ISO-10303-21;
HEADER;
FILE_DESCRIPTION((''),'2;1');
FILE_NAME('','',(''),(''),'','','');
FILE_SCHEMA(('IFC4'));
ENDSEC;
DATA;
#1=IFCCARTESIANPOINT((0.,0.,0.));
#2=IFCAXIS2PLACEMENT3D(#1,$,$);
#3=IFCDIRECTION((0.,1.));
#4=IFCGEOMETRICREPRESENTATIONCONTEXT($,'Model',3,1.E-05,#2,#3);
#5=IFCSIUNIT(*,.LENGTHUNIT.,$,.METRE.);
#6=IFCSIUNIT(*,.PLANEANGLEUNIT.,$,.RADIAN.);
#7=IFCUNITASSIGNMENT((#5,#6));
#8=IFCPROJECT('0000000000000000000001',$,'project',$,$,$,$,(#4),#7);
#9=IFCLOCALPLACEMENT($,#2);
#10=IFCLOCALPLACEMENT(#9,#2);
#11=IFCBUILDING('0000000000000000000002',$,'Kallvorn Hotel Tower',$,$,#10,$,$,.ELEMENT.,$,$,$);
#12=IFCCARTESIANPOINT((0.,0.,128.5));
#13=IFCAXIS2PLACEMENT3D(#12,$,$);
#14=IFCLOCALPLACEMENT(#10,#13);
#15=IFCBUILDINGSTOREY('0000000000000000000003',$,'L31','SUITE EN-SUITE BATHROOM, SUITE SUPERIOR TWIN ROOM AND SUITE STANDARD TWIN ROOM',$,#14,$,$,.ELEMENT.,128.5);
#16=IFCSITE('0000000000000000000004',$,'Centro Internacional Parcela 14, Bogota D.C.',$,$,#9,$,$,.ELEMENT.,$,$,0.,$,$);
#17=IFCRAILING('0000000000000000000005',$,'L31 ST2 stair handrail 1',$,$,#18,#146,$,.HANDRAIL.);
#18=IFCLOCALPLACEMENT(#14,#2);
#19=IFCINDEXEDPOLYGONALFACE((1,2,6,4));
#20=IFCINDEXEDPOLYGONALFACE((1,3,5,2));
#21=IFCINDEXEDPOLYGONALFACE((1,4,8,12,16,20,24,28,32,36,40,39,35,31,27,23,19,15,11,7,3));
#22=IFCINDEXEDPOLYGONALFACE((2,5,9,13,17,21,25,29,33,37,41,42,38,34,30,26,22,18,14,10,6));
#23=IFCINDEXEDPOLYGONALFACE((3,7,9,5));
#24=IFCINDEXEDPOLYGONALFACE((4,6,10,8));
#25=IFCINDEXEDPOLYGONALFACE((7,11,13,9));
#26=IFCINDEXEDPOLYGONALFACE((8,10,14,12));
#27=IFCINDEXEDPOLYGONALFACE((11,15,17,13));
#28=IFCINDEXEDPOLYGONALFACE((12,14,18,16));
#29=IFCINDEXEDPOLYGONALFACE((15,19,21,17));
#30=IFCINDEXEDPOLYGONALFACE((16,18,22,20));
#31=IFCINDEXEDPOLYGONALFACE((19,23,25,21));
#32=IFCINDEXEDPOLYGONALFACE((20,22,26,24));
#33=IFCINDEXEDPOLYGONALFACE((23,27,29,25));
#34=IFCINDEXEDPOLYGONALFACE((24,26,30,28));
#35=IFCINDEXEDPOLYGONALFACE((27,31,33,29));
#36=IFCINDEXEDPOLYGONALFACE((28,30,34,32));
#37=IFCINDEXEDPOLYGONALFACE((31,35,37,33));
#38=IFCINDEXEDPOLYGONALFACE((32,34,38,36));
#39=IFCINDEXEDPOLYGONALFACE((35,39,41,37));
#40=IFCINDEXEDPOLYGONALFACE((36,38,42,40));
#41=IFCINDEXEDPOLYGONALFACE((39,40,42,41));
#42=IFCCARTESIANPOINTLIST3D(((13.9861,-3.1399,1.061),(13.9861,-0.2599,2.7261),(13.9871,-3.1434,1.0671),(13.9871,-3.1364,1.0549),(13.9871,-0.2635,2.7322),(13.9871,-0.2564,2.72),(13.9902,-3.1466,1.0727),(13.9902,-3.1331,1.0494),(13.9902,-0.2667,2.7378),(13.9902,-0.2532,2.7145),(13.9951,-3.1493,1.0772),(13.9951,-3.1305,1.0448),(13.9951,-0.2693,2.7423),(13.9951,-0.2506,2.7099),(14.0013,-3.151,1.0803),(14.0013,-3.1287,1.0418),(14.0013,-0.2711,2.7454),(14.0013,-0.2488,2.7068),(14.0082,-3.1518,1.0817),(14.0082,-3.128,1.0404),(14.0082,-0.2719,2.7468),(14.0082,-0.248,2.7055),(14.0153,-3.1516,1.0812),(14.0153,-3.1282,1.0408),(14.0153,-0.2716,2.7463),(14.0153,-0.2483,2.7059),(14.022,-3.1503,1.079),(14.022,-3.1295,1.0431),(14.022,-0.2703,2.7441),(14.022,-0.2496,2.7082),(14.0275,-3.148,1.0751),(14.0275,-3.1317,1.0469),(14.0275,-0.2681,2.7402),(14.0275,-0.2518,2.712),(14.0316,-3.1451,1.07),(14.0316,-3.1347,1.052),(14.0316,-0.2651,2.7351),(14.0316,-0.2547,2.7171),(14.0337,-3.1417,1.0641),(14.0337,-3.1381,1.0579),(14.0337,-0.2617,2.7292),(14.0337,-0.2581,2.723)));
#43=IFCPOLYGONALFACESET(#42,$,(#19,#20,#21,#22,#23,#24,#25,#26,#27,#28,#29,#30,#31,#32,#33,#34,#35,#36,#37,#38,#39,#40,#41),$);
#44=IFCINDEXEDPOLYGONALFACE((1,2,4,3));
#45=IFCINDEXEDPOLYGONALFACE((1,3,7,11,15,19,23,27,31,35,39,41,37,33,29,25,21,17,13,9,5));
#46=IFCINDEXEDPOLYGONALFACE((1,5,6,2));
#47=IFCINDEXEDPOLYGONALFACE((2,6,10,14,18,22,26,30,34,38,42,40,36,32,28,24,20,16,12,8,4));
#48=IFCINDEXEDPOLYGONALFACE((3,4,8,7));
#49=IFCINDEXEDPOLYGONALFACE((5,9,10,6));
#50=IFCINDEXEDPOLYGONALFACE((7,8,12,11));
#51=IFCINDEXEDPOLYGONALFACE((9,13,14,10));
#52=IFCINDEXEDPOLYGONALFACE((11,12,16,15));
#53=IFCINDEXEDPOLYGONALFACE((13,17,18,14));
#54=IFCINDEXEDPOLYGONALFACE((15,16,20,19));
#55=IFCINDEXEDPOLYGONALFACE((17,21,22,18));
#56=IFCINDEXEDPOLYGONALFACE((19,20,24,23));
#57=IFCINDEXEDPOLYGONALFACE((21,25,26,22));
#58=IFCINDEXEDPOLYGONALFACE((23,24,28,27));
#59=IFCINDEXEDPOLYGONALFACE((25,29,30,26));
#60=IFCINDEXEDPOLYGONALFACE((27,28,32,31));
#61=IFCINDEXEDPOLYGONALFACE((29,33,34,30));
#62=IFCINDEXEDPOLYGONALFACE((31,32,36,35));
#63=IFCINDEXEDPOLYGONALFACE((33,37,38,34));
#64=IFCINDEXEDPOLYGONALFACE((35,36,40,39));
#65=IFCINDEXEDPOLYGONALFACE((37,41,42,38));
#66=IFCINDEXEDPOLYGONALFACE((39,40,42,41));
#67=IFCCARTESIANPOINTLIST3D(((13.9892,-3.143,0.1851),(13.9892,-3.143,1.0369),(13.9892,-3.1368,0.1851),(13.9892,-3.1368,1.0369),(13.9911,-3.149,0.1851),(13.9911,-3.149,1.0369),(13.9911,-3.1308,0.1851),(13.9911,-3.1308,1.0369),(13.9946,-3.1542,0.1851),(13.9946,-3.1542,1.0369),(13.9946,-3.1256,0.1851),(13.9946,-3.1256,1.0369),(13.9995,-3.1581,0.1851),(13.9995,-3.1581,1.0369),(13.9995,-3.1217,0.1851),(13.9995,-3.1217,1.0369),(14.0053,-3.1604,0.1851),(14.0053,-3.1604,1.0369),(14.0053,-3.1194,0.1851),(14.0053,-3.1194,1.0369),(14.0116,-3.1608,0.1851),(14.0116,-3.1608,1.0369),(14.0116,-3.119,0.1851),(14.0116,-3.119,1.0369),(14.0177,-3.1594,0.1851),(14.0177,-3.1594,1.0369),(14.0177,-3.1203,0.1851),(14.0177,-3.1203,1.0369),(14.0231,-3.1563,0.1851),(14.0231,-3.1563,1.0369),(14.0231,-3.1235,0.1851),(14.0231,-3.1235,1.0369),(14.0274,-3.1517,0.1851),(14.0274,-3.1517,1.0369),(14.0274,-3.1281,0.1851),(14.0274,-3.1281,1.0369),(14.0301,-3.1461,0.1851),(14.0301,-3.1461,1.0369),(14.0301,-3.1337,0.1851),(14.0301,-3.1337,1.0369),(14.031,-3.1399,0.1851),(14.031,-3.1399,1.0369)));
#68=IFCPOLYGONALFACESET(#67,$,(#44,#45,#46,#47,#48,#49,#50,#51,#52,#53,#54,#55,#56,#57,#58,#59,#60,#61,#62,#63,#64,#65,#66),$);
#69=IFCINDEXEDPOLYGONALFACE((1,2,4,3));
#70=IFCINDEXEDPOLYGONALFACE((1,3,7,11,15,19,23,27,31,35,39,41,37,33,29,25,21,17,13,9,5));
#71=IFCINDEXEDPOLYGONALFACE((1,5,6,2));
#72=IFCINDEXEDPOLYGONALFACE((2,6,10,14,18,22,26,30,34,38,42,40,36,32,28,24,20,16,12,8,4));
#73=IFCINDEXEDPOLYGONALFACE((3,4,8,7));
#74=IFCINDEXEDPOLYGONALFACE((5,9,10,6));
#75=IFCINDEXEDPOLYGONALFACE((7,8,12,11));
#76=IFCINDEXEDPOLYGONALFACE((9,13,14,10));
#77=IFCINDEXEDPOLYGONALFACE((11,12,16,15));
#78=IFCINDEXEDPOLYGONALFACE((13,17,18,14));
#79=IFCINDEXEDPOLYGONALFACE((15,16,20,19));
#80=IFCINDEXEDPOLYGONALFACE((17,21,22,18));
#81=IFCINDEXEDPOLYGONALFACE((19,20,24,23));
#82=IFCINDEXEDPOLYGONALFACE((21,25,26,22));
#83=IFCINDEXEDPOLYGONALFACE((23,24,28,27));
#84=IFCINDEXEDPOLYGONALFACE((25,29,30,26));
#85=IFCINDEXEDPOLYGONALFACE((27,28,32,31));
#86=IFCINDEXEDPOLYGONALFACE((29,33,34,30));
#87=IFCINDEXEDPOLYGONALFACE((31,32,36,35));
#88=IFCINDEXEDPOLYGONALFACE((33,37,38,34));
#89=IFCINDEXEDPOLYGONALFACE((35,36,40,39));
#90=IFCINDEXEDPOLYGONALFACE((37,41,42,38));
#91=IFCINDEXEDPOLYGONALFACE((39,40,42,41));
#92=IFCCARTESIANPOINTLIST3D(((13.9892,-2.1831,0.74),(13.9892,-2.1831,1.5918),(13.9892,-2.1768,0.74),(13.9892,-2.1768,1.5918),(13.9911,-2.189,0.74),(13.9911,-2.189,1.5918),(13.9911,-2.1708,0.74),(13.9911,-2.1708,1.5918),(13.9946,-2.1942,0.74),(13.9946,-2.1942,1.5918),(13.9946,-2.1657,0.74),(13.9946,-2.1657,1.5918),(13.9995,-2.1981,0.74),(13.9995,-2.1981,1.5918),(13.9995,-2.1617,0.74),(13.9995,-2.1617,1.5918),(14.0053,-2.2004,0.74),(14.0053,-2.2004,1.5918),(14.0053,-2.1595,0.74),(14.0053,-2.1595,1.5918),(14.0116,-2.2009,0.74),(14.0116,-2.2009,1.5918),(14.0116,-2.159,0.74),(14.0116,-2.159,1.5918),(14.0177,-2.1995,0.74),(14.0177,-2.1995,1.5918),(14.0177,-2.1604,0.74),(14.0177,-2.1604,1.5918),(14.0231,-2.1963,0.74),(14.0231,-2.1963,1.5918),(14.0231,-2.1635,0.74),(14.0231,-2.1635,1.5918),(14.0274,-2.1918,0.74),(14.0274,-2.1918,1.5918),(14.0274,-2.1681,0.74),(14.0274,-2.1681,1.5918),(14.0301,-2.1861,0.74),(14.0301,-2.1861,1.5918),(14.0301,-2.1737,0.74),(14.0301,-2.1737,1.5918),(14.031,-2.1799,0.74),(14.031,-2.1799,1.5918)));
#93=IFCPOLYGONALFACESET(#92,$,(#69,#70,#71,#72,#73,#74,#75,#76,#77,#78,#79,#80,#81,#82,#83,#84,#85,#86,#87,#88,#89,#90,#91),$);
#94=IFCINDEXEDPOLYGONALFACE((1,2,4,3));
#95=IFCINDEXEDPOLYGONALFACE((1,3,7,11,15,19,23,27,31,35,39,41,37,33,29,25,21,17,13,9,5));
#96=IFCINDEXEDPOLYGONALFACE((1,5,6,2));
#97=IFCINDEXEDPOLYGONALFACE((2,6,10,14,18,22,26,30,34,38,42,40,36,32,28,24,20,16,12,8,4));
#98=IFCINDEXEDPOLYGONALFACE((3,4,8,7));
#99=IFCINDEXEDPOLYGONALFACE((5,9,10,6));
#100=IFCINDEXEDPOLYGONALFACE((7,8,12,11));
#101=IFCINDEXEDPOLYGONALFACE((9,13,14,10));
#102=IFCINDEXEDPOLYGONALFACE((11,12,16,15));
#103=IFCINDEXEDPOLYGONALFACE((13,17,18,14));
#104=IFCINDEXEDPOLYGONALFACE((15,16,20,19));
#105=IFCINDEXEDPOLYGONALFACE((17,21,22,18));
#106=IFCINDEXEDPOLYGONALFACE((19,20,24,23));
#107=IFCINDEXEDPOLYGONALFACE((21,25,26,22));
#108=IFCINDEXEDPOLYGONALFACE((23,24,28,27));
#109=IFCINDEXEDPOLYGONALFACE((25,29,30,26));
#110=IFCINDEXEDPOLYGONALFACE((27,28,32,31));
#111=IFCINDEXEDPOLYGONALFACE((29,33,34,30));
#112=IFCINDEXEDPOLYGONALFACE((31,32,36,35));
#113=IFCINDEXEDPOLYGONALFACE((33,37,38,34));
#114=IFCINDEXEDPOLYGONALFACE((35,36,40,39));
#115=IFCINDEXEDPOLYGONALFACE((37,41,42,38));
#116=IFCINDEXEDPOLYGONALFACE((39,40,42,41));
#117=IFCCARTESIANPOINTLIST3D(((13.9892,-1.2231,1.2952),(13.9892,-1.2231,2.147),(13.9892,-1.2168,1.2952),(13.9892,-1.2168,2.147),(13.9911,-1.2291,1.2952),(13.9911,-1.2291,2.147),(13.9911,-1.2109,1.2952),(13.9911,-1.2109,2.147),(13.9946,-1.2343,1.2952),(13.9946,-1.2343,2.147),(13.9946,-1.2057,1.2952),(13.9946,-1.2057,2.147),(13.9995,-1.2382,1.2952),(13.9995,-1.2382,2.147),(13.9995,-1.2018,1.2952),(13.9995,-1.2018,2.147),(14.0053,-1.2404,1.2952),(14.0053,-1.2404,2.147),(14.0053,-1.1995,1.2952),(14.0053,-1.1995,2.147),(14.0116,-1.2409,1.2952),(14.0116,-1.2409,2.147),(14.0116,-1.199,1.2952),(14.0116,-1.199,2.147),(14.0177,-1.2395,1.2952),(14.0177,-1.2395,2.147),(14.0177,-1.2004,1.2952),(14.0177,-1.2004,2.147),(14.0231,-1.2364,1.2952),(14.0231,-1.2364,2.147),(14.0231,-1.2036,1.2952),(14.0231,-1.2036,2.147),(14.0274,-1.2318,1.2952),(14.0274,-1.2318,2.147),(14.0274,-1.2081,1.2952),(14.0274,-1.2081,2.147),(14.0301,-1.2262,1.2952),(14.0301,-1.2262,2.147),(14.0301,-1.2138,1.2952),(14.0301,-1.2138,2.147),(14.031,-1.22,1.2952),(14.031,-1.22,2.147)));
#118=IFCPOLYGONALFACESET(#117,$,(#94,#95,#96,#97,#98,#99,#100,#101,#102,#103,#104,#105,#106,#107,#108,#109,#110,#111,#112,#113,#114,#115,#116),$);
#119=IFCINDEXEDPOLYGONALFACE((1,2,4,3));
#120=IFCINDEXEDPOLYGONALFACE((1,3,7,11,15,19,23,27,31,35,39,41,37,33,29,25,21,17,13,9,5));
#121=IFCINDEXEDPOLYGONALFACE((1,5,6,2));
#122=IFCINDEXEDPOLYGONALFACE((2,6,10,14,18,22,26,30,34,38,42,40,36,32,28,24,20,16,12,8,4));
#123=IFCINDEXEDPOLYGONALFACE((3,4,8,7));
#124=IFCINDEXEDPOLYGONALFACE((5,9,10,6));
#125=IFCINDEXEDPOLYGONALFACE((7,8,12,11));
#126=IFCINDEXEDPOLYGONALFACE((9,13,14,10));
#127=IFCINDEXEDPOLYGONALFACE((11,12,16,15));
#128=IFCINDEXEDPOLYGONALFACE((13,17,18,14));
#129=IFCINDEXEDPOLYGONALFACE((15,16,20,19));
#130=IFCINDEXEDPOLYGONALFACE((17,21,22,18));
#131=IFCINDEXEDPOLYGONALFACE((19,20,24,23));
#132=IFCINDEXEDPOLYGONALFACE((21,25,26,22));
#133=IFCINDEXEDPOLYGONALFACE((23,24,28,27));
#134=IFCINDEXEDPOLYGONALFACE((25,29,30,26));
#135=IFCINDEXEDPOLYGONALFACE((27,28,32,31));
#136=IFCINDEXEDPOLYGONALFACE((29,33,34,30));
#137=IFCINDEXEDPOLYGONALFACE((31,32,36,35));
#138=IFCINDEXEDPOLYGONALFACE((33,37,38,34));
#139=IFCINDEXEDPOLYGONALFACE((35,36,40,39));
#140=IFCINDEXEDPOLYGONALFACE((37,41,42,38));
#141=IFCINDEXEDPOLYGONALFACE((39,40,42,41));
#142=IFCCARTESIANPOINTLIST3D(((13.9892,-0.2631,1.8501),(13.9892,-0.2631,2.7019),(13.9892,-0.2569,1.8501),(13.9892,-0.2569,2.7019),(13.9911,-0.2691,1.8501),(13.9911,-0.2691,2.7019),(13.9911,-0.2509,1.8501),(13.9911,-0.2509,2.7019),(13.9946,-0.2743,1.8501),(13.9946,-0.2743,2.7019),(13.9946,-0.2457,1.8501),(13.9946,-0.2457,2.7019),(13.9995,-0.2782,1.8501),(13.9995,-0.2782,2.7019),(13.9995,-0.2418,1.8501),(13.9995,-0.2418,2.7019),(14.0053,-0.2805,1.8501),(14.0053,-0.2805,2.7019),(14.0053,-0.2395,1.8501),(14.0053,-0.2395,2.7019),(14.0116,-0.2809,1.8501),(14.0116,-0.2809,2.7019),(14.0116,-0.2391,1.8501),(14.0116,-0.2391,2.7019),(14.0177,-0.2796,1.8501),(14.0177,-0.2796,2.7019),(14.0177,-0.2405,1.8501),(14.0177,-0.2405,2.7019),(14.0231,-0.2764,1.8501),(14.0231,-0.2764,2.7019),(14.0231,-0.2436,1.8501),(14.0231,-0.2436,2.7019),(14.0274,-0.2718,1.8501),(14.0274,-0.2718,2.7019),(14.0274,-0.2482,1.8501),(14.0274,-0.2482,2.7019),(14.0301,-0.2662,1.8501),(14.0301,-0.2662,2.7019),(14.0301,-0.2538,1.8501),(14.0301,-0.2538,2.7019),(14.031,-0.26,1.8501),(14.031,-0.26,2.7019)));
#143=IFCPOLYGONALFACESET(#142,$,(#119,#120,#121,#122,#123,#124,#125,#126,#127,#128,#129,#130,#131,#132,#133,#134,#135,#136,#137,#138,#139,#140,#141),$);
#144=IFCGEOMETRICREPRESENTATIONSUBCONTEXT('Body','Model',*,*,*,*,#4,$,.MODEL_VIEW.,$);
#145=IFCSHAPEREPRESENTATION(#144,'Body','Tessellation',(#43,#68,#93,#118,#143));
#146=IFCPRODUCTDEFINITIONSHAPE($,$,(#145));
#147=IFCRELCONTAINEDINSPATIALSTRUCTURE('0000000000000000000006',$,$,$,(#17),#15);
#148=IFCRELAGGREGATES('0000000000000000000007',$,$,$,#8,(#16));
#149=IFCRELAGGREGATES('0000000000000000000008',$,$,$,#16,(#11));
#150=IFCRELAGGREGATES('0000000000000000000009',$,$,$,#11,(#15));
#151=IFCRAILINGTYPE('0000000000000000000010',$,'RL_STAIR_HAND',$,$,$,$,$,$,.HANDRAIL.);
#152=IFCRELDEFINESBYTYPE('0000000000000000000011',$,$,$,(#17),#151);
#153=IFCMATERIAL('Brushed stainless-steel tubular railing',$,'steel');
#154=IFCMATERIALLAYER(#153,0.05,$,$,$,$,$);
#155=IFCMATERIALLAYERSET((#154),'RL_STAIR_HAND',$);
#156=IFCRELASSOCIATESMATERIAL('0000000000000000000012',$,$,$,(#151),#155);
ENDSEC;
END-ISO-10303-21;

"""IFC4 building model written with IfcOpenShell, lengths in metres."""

from ifc_helpers import new_model, si_unit, direction, frame, origin, origin_2d, place, context, subcontext, project, spatial, circle, extrude, material, layer, layer_set, type_object, element, save


model = new_model("IFC4")

# Units and contexts
model_context = context("Model", 3, precision=1e-05, world=origin(), true_north=direction((0.0, 1.0)))
body_context = subcontext(model_context, "Body", "Model", "MODEL_VIEW")
ifc_project = project(units=[si_unit("LENGTHUNIT", "METRE"), si_unit("PLANEANGLEUNIT", "RADIAN")], contexts=[model_context])

# Site, building, storey
site_placement = place(None, origin())
site = spatial("IfcSite", under=ifc_project, at=site_placement, Name="Centro Internacional Parcela 14, Bogota D.C.", CompositionType="ELEMENT", RefElevation=0.0)
building_placement = place(site_placement, origin())
building = spatial("IfcBuilding", under=site, at=building_placement, Name="Kallvorn Hotel Tower", CompositionType="ELEMENT")
storey_placement = place(building_placement, frame((0.0, 0.0, 128.5)))
storey = spatial("IfcBuildingStorey", under=building, at=storey_placement, Name="L31", Description="SUITE EN-SUITE BATHROOM, SUITE SUPERIOR TWIN ROOM AND SUITE STANDARD TWIN ROOM", CompositionType="ELEMENT", Elevation=128.5)

# Railing
ifc_material_1 = material(Name="Brushed stainless-steel tubular railing", Category="steel")
ifc_layer_1 = layer(ifc_material_1, 0.05)
ifc_layer_set_1 = layer_set([ifc_layer_1], Name="RL_STAIR_HAND")
railing_type_1 = type_object("IfcRailingType", Name="RL_STAIR_HAND", PredefinedType="HANDRAIL", material=ifc_layer_set_1)
railing_1_placement = place(storey_placement, frame((14.01, -3.1399, 0.1851)))
element("IfcRailing", 1, at=railing_1_placement, inside=storey, type_object=railing_type_1, Name="L31 ST2 stair handrail 1", PredefinedType="HANDRAIL", context=body_context, shape_type="SweptSolid", body=[
    extrude(circle(Radius=0.0239, at=origin_2d()), frame((0.0, 0.0, 0.876), z_axis=(0.0, 0.865721, 0.500527), x_axis=(-1.0, 0.0, 0.0)), (0.0, 0.0, 1.0), 3.3267),
    extrude(circle(Radius=0.021, at=origin_2d()), origin(), (0.0, 0.0, 1.0), 0.8518),
    extrude(circle(Radius=0.021, at=origin_2d()), frame((0.0, 0.96, 0.5549)), (0.0, 0.0, 1.0), 0.8518),
    extrude(circle(Radius=0.021, at=origin_2d()), frame((0.0, 1.9199, 1.1101)), (0.0, 0.0, 1.0), 0.8518),
    extrude(circle(Radius=0.021, at=origin_2d()), frame((0.0, 2.8799, 1.665)), (0.0, 0.0, 1.0), 0.8518),
])

save(model, "model.ifc")
